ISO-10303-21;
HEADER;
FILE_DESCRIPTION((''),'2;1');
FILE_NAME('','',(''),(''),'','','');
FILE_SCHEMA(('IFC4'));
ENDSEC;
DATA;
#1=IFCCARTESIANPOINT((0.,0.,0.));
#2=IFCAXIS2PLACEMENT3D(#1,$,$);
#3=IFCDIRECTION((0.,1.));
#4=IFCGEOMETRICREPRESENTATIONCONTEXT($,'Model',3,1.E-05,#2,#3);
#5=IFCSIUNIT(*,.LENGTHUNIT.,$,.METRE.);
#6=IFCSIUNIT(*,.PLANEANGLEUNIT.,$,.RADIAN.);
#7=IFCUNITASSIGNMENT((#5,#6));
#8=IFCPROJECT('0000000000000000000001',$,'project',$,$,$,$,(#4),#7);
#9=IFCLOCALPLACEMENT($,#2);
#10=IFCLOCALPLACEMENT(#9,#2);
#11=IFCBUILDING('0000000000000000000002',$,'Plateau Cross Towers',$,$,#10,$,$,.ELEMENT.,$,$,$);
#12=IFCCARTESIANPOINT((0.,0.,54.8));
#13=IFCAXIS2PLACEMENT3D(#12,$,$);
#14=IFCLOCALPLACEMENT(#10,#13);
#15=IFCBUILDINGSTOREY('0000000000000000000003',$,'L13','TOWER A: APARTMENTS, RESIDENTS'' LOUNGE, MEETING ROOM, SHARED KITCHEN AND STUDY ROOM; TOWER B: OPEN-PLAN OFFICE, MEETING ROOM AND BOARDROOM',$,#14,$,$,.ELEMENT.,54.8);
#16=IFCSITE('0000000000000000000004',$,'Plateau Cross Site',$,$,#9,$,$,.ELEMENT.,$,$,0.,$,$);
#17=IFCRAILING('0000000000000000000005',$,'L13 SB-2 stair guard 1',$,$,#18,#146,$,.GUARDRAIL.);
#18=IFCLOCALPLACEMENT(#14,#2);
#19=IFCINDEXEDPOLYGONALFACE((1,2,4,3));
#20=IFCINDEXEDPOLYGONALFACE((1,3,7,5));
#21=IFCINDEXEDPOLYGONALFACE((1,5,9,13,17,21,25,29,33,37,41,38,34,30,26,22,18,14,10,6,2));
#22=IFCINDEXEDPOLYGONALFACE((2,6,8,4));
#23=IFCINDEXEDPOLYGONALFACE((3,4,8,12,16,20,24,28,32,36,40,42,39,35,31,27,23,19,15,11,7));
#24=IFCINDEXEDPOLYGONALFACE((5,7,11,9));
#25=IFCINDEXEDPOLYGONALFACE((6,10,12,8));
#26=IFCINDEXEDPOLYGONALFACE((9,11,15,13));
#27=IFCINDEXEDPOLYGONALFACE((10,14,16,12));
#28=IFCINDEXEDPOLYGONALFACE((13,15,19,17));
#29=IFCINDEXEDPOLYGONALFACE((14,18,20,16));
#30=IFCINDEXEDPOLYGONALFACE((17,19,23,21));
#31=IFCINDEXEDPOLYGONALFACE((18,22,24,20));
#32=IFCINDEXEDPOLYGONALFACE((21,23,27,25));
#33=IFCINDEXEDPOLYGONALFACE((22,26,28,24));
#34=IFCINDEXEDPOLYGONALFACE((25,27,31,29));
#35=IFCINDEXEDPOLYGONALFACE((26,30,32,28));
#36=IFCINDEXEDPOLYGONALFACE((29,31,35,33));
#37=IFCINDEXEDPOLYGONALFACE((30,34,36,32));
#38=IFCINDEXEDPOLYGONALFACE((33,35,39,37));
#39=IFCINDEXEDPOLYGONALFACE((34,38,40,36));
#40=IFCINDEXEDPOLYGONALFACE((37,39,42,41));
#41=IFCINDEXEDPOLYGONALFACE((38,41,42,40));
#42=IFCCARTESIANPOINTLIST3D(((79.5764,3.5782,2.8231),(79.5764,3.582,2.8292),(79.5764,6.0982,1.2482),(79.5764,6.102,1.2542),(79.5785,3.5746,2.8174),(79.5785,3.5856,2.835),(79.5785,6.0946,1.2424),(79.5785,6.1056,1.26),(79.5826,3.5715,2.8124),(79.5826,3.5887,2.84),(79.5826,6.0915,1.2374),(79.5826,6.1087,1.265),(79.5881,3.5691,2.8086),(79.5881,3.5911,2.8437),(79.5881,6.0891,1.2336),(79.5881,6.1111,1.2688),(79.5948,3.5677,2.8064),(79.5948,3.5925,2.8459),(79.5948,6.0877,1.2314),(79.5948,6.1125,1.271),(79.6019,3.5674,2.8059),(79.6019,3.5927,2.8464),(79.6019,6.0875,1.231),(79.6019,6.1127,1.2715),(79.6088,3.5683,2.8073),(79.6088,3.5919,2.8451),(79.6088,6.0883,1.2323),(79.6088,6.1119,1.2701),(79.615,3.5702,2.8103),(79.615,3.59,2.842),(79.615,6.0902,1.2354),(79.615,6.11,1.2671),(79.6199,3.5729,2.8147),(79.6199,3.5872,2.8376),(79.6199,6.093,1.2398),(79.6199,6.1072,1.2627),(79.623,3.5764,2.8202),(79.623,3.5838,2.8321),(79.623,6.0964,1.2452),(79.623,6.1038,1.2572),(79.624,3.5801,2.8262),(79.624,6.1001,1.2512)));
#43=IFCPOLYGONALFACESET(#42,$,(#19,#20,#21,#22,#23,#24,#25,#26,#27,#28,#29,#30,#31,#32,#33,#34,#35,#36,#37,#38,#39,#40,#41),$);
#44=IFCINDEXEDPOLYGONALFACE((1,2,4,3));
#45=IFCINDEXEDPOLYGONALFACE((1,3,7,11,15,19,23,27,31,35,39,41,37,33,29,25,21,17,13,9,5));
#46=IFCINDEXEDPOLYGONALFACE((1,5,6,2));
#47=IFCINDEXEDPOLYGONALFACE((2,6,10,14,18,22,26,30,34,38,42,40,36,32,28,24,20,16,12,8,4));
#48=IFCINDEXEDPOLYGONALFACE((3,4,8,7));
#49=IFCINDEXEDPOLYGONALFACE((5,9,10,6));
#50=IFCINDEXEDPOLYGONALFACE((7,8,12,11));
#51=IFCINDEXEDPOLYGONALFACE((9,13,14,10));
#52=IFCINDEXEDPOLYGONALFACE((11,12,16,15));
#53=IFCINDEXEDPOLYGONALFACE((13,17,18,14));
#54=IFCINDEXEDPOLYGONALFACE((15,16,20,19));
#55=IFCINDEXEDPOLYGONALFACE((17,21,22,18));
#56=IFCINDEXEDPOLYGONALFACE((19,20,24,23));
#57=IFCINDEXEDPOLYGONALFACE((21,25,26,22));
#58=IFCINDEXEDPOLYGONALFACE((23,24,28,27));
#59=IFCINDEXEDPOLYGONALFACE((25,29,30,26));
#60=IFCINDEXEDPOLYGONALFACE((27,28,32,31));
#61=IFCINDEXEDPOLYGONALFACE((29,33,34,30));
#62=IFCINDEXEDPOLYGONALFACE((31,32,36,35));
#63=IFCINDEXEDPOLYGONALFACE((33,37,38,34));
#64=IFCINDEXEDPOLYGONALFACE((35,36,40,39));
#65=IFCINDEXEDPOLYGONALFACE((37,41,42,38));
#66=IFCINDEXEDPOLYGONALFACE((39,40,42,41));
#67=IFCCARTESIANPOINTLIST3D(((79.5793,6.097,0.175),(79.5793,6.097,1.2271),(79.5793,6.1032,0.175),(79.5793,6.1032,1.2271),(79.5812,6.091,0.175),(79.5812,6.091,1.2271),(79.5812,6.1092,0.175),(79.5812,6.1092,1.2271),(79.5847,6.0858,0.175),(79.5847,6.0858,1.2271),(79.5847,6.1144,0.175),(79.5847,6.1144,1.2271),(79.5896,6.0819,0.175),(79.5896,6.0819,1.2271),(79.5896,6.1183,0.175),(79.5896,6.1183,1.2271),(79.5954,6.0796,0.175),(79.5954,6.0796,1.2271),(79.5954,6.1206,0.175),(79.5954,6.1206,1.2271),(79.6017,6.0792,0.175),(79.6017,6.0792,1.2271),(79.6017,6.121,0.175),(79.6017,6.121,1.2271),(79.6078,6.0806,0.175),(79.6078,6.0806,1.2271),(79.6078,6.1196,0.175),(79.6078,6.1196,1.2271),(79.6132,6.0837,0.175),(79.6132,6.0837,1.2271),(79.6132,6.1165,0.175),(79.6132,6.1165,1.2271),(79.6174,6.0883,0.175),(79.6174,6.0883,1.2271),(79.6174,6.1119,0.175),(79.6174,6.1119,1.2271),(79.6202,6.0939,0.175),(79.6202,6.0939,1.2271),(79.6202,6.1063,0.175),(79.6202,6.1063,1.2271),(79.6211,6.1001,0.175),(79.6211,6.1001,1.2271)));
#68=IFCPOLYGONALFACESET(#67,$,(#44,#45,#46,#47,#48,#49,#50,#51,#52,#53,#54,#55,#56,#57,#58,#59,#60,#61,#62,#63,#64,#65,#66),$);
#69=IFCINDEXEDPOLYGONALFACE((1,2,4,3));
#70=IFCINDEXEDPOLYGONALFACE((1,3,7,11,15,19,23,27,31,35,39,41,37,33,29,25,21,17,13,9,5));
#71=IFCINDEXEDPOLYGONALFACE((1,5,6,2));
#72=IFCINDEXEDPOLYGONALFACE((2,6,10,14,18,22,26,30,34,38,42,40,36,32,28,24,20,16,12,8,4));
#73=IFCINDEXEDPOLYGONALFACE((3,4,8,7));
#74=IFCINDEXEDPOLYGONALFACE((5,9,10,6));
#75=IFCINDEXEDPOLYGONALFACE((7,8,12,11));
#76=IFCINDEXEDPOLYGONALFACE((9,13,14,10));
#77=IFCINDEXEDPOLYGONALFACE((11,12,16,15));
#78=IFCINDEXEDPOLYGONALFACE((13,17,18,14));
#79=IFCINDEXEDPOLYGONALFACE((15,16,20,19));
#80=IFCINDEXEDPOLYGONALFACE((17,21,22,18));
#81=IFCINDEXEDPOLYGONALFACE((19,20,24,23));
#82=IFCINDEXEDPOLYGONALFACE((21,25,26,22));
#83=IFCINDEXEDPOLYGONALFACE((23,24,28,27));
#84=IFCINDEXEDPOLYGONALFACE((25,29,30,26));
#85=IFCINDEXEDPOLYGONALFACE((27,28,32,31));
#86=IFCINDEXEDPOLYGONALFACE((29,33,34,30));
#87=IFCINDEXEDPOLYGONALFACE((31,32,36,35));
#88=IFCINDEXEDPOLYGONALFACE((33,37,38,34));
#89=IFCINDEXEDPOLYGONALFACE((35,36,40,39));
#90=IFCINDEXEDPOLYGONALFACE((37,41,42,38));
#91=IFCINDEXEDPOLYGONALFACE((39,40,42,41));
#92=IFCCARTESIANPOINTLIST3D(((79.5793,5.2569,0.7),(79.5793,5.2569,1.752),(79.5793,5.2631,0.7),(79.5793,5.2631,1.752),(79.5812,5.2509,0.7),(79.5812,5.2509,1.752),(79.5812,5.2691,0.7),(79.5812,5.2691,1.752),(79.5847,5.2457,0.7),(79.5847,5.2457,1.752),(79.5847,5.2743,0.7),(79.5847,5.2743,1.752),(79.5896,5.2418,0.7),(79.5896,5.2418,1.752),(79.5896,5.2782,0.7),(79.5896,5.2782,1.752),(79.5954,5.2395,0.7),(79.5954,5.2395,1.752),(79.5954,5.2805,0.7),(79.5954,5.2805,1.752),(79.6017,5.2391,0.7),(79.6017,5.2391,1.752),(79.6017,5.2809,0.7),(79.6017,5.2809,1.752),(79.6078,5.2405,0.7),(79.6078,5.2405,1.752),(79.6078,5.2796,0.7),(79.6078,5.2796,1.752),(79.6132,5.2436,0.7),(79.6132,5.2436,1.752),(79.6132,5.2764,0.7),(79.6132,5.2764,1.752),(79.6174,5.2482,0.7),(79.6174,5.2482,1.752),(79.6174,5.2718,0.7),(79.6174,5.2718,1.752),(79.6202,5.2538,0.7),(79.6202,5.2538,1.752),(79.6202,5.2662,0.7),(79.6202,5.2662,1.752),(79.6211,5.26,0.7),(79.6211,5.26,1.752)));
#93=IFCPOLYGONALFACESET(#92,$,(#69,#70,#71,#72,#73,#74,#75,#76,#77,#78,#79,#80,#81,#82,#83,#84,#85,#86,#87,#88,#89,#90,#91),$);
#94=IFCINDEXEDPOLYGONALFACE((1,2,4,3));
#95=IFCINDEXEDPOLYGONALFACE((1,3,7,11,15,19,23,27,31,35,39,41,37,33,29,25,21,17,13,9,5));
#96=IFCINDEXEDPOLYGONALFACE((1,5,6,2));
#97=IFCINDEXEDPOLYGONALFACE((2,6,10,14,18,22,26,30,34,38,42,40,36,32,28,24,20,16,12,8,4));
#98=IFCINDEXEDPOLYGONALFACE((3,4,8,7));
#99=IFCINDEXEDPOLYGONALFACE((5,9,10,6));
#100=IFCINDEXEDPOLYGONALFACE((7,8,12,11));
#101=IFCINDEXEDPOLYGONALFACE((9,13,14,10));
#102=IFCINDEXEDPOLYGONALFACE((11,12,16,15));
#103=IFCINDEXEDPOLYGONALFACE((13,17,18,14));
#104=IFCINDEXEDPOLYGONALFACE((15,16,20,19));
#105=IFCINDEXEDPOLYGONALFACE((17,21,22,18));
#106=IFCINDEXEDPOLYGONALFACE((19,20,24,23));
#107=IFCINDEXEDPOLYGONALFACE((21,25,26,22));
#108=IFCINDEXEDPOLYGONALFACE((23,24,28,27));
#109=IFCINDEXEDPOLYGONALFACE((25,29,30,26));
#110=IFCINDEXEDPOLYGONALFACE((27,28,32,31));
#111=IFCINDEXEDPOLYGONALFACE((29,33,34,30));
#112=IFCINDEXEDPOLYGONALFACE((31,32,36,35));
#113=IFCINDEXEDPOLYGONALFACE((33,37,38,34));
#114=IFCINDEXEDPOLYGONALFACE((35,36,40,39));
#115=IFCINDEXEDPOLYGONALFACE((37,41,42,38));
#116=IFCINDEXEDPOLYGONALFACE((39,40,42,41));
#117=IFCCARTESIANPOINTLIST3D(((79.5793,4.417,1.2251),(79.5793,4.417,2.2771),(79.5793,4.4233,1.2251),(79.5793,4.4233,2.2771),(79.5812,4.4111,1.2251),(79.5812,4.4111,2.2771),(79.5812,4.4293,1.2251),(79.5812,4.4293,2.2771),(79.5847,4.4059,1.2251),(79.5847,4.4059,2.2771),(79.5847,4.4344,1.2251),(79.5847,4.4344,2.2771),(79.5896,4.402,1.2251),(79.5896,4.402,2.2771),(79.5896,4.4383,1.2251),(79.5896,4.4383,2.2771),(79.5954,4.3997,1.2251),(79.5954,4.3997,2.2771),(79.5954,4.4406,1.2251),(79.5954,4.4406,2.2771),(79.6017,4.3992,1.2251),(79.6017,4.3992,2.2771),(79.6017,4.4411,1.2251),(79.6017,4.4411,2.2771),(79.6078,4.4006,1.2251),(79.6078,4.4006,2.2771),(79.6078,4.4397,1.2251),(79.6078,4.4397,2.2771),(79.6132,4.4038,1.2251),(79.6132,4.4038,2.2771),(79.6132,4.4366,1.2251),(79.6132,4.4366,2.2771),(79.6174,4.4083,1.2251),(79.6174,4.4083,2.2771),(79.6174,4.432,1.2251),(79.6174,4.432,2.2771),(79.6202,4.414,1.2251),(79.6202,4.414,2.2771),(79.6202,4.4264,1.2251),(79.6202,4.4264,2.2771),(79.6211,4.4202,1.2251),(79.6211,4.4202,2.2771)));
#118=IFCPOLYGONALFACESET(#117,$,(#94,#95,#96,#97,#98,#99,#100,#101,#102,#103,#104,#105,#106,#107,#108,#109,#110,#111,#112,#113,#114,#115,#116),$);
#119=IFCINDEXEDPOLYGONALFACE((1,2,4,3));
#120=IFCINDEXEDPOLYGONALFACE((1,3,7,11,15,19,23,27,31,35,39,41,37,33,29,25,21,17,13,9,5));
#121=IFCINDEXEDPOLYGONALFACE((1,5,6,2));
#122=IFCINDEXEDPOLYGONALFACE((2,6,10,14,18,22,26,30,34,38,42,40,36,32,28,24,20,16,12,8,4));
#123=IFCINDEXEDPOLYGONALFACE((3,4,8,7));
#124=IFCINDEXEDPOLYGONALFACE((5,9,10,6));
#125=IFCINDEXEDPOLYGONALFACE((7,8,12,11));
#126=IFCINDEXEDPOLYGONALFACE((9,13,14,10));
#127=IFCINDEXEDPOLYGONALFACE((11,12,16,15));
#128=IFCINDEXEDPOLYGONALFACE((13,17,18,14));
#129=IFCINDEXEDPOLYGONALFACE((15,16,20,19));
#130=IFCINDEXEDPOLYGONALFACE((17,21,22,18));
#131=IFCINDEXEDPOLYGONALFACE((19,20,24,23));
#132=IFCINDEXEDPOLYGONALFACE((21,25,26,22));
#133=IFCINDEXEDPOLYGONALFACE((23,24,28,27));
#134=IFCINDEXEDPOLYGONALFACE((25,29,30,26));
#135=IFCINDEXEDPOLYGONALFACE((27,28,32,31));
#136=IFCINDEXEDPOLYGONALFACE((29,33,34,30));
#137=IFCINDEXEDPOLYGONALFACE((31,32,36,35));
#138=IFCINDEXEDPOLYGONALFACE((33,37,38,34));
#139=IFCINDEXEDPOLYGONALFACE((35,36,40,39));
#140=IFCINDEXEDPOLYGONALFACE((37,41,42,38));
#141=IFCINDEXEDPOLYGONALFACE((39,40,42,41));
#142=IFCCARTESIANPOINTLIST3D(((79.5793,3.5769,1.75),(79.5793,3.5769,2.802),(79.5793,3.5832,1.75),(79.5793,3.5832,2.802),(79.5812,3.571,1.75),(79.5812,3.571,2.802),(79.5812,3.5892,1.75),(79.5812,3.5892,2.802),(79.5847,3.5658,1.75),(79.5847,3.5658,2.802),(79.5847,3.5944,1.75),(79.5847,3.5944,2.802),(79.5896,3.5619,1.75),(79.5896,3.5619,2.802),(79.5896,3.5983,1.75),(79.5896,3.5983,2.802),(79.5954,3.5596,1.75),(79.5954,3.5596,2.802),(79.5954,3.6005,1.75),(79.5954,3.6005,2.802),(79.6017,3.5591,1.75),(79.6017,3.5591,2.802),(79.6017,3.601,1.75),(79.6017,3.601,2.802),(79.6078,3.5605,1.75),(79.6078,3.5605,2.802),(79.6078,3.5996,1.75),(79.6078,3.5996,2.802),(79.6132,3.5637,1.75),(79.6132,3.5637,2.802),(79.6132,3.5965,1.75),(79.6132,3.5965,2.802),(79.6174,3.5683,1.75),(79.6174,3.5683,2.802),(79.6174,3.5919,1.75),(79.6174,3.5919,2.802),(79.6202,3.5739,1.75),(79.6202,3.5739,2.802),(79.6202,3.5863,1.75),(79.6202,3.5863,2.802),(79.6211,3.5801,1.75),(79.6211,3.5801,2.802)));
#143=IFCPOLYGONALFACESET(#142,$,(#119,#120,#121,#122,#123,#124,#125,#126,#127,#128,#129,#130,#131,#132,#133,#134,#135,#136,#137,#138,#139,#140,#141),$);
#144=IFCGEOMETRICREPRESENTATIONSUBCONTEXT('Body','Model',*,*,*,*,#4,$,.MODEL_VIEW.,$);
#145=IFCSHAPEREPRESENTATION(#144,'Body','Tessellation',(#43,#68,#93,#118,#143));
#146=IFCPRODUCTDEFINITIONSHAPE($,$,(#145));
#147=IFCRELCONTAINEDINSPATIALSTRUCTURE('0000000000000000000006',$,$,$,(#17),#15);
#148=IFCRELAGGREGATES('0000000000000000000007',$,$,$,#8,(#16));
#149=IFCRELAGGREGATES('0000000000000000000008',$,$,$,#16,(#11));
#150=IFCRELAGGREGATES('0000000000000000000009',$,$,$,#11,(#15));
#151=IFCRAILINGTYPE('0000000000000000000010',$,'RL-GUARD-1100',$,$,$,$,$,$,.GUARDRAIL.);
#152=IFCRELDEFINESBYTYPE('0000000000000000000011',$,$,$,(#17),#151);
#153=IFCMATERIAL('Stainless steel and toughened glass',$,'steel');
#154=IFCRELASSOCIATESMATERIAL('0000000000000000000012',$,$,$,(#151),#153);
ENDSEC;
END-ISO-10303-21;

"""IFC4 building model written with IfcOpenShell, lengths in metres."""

from ifc_helpers import new_model, si_unit, direction, frame, origin, origin_2d, place, context, subcontext, project, spatial, circle, extrude, material, type_object, element, save


model = new_model("IFC4")

# Units and contexts
model_context = context("Model", 3, precision=1e-05, world=origin(), true_north=direction((0.0, 1.0)))
body_context = subcontext(model_context, "Body", "Model", "MODEL_VIEW")
ifc_project = project(units=[si_unit("LENGTHUNIT", "METRE"), si_unit("PLANEANGLEUNIT", "RADIAN")], contexts=[model_context])

# Site, building, storey
site_placement = place(None, origin())
site = spatial("IfcSite", under=ifc_project, at=site_placement, Name="Plateau Cross Site", CompositionType="ELEMENT", RefElevation=0.0)
building_placement = place(site_placement, origin())
building = spatial("IfcBuilding", under=site, at=building_placement, Name="Plateau Cross Towers", CompositionType="ELEMENT")
storey_placement = place(building_placement, frame((0.0, 0.0, 54.8)))
storey = spatial("IfcBuildingStorey", under=building, at=storey_placement, Name="L13", Description="TOWER A: APARTMENTS, RESIDENTS' LOUNGE, MEETING ROOM, SHARED KITCHEN AND STUDY ROOM; TOWER B: OPEN-PLAN OFFICE, MEETING ROOM AND BOARDROOM", CompositionType="ELEMENT", Elevation=54.8)

# Railing
ifc_material_1 = material(Name="Stainless steel and toughened glass", Category="steel")
railing_type_1 = type_object("IfcRailingType", Name="RL-GUARD-1100", PredefinedType="GUARDRAIL", material=ifc_material_1)
railing_1_placement = place(storey_placement, frame((79.6001, 6.1001, 0.175)))
element("IfcRailing", 1, at=railing_1_placement, inside=storey, type_object=railing_type_1, Name="L13 SB-2 stair guard 1", PredefinedType="GUARDRAIL", context=body_context, shape_type="SweptSolid", body=[
    extrude(circle(Radius=0.0239, at=origin_2d()), frame((0.0, 0.0, 1.0762), z_axis=(0.0, -0.848008, 0.529984), x_axis=(1.0, 0.0, 0.0)), (0.0, 0.0, 1.0), 2.9717),
    extrude(circle(Radius=0.021, at=origin_2d()), origin(), (0.0, 0.0, 1.0), 1.052),
    extrude(circle(Radius=0.021, at=origin_2d()), frame((0.0, -0.8401, 0.5249)), (0.0, 0.0, 1.0), 1.052),
    extrude(circle(Radius=0.021, at=origin_2d()), frame((0.0, -1.6799, 1.05)), (0.0, 0.0, 1.0), 1.052),
    extrude(circle(Radius=0.021, at=origin_2d()), frame((0.0, -2.52, 1.575)), (0.0, 0.0, 1.0), 1.052),
])

save(model, "model.ifc")
